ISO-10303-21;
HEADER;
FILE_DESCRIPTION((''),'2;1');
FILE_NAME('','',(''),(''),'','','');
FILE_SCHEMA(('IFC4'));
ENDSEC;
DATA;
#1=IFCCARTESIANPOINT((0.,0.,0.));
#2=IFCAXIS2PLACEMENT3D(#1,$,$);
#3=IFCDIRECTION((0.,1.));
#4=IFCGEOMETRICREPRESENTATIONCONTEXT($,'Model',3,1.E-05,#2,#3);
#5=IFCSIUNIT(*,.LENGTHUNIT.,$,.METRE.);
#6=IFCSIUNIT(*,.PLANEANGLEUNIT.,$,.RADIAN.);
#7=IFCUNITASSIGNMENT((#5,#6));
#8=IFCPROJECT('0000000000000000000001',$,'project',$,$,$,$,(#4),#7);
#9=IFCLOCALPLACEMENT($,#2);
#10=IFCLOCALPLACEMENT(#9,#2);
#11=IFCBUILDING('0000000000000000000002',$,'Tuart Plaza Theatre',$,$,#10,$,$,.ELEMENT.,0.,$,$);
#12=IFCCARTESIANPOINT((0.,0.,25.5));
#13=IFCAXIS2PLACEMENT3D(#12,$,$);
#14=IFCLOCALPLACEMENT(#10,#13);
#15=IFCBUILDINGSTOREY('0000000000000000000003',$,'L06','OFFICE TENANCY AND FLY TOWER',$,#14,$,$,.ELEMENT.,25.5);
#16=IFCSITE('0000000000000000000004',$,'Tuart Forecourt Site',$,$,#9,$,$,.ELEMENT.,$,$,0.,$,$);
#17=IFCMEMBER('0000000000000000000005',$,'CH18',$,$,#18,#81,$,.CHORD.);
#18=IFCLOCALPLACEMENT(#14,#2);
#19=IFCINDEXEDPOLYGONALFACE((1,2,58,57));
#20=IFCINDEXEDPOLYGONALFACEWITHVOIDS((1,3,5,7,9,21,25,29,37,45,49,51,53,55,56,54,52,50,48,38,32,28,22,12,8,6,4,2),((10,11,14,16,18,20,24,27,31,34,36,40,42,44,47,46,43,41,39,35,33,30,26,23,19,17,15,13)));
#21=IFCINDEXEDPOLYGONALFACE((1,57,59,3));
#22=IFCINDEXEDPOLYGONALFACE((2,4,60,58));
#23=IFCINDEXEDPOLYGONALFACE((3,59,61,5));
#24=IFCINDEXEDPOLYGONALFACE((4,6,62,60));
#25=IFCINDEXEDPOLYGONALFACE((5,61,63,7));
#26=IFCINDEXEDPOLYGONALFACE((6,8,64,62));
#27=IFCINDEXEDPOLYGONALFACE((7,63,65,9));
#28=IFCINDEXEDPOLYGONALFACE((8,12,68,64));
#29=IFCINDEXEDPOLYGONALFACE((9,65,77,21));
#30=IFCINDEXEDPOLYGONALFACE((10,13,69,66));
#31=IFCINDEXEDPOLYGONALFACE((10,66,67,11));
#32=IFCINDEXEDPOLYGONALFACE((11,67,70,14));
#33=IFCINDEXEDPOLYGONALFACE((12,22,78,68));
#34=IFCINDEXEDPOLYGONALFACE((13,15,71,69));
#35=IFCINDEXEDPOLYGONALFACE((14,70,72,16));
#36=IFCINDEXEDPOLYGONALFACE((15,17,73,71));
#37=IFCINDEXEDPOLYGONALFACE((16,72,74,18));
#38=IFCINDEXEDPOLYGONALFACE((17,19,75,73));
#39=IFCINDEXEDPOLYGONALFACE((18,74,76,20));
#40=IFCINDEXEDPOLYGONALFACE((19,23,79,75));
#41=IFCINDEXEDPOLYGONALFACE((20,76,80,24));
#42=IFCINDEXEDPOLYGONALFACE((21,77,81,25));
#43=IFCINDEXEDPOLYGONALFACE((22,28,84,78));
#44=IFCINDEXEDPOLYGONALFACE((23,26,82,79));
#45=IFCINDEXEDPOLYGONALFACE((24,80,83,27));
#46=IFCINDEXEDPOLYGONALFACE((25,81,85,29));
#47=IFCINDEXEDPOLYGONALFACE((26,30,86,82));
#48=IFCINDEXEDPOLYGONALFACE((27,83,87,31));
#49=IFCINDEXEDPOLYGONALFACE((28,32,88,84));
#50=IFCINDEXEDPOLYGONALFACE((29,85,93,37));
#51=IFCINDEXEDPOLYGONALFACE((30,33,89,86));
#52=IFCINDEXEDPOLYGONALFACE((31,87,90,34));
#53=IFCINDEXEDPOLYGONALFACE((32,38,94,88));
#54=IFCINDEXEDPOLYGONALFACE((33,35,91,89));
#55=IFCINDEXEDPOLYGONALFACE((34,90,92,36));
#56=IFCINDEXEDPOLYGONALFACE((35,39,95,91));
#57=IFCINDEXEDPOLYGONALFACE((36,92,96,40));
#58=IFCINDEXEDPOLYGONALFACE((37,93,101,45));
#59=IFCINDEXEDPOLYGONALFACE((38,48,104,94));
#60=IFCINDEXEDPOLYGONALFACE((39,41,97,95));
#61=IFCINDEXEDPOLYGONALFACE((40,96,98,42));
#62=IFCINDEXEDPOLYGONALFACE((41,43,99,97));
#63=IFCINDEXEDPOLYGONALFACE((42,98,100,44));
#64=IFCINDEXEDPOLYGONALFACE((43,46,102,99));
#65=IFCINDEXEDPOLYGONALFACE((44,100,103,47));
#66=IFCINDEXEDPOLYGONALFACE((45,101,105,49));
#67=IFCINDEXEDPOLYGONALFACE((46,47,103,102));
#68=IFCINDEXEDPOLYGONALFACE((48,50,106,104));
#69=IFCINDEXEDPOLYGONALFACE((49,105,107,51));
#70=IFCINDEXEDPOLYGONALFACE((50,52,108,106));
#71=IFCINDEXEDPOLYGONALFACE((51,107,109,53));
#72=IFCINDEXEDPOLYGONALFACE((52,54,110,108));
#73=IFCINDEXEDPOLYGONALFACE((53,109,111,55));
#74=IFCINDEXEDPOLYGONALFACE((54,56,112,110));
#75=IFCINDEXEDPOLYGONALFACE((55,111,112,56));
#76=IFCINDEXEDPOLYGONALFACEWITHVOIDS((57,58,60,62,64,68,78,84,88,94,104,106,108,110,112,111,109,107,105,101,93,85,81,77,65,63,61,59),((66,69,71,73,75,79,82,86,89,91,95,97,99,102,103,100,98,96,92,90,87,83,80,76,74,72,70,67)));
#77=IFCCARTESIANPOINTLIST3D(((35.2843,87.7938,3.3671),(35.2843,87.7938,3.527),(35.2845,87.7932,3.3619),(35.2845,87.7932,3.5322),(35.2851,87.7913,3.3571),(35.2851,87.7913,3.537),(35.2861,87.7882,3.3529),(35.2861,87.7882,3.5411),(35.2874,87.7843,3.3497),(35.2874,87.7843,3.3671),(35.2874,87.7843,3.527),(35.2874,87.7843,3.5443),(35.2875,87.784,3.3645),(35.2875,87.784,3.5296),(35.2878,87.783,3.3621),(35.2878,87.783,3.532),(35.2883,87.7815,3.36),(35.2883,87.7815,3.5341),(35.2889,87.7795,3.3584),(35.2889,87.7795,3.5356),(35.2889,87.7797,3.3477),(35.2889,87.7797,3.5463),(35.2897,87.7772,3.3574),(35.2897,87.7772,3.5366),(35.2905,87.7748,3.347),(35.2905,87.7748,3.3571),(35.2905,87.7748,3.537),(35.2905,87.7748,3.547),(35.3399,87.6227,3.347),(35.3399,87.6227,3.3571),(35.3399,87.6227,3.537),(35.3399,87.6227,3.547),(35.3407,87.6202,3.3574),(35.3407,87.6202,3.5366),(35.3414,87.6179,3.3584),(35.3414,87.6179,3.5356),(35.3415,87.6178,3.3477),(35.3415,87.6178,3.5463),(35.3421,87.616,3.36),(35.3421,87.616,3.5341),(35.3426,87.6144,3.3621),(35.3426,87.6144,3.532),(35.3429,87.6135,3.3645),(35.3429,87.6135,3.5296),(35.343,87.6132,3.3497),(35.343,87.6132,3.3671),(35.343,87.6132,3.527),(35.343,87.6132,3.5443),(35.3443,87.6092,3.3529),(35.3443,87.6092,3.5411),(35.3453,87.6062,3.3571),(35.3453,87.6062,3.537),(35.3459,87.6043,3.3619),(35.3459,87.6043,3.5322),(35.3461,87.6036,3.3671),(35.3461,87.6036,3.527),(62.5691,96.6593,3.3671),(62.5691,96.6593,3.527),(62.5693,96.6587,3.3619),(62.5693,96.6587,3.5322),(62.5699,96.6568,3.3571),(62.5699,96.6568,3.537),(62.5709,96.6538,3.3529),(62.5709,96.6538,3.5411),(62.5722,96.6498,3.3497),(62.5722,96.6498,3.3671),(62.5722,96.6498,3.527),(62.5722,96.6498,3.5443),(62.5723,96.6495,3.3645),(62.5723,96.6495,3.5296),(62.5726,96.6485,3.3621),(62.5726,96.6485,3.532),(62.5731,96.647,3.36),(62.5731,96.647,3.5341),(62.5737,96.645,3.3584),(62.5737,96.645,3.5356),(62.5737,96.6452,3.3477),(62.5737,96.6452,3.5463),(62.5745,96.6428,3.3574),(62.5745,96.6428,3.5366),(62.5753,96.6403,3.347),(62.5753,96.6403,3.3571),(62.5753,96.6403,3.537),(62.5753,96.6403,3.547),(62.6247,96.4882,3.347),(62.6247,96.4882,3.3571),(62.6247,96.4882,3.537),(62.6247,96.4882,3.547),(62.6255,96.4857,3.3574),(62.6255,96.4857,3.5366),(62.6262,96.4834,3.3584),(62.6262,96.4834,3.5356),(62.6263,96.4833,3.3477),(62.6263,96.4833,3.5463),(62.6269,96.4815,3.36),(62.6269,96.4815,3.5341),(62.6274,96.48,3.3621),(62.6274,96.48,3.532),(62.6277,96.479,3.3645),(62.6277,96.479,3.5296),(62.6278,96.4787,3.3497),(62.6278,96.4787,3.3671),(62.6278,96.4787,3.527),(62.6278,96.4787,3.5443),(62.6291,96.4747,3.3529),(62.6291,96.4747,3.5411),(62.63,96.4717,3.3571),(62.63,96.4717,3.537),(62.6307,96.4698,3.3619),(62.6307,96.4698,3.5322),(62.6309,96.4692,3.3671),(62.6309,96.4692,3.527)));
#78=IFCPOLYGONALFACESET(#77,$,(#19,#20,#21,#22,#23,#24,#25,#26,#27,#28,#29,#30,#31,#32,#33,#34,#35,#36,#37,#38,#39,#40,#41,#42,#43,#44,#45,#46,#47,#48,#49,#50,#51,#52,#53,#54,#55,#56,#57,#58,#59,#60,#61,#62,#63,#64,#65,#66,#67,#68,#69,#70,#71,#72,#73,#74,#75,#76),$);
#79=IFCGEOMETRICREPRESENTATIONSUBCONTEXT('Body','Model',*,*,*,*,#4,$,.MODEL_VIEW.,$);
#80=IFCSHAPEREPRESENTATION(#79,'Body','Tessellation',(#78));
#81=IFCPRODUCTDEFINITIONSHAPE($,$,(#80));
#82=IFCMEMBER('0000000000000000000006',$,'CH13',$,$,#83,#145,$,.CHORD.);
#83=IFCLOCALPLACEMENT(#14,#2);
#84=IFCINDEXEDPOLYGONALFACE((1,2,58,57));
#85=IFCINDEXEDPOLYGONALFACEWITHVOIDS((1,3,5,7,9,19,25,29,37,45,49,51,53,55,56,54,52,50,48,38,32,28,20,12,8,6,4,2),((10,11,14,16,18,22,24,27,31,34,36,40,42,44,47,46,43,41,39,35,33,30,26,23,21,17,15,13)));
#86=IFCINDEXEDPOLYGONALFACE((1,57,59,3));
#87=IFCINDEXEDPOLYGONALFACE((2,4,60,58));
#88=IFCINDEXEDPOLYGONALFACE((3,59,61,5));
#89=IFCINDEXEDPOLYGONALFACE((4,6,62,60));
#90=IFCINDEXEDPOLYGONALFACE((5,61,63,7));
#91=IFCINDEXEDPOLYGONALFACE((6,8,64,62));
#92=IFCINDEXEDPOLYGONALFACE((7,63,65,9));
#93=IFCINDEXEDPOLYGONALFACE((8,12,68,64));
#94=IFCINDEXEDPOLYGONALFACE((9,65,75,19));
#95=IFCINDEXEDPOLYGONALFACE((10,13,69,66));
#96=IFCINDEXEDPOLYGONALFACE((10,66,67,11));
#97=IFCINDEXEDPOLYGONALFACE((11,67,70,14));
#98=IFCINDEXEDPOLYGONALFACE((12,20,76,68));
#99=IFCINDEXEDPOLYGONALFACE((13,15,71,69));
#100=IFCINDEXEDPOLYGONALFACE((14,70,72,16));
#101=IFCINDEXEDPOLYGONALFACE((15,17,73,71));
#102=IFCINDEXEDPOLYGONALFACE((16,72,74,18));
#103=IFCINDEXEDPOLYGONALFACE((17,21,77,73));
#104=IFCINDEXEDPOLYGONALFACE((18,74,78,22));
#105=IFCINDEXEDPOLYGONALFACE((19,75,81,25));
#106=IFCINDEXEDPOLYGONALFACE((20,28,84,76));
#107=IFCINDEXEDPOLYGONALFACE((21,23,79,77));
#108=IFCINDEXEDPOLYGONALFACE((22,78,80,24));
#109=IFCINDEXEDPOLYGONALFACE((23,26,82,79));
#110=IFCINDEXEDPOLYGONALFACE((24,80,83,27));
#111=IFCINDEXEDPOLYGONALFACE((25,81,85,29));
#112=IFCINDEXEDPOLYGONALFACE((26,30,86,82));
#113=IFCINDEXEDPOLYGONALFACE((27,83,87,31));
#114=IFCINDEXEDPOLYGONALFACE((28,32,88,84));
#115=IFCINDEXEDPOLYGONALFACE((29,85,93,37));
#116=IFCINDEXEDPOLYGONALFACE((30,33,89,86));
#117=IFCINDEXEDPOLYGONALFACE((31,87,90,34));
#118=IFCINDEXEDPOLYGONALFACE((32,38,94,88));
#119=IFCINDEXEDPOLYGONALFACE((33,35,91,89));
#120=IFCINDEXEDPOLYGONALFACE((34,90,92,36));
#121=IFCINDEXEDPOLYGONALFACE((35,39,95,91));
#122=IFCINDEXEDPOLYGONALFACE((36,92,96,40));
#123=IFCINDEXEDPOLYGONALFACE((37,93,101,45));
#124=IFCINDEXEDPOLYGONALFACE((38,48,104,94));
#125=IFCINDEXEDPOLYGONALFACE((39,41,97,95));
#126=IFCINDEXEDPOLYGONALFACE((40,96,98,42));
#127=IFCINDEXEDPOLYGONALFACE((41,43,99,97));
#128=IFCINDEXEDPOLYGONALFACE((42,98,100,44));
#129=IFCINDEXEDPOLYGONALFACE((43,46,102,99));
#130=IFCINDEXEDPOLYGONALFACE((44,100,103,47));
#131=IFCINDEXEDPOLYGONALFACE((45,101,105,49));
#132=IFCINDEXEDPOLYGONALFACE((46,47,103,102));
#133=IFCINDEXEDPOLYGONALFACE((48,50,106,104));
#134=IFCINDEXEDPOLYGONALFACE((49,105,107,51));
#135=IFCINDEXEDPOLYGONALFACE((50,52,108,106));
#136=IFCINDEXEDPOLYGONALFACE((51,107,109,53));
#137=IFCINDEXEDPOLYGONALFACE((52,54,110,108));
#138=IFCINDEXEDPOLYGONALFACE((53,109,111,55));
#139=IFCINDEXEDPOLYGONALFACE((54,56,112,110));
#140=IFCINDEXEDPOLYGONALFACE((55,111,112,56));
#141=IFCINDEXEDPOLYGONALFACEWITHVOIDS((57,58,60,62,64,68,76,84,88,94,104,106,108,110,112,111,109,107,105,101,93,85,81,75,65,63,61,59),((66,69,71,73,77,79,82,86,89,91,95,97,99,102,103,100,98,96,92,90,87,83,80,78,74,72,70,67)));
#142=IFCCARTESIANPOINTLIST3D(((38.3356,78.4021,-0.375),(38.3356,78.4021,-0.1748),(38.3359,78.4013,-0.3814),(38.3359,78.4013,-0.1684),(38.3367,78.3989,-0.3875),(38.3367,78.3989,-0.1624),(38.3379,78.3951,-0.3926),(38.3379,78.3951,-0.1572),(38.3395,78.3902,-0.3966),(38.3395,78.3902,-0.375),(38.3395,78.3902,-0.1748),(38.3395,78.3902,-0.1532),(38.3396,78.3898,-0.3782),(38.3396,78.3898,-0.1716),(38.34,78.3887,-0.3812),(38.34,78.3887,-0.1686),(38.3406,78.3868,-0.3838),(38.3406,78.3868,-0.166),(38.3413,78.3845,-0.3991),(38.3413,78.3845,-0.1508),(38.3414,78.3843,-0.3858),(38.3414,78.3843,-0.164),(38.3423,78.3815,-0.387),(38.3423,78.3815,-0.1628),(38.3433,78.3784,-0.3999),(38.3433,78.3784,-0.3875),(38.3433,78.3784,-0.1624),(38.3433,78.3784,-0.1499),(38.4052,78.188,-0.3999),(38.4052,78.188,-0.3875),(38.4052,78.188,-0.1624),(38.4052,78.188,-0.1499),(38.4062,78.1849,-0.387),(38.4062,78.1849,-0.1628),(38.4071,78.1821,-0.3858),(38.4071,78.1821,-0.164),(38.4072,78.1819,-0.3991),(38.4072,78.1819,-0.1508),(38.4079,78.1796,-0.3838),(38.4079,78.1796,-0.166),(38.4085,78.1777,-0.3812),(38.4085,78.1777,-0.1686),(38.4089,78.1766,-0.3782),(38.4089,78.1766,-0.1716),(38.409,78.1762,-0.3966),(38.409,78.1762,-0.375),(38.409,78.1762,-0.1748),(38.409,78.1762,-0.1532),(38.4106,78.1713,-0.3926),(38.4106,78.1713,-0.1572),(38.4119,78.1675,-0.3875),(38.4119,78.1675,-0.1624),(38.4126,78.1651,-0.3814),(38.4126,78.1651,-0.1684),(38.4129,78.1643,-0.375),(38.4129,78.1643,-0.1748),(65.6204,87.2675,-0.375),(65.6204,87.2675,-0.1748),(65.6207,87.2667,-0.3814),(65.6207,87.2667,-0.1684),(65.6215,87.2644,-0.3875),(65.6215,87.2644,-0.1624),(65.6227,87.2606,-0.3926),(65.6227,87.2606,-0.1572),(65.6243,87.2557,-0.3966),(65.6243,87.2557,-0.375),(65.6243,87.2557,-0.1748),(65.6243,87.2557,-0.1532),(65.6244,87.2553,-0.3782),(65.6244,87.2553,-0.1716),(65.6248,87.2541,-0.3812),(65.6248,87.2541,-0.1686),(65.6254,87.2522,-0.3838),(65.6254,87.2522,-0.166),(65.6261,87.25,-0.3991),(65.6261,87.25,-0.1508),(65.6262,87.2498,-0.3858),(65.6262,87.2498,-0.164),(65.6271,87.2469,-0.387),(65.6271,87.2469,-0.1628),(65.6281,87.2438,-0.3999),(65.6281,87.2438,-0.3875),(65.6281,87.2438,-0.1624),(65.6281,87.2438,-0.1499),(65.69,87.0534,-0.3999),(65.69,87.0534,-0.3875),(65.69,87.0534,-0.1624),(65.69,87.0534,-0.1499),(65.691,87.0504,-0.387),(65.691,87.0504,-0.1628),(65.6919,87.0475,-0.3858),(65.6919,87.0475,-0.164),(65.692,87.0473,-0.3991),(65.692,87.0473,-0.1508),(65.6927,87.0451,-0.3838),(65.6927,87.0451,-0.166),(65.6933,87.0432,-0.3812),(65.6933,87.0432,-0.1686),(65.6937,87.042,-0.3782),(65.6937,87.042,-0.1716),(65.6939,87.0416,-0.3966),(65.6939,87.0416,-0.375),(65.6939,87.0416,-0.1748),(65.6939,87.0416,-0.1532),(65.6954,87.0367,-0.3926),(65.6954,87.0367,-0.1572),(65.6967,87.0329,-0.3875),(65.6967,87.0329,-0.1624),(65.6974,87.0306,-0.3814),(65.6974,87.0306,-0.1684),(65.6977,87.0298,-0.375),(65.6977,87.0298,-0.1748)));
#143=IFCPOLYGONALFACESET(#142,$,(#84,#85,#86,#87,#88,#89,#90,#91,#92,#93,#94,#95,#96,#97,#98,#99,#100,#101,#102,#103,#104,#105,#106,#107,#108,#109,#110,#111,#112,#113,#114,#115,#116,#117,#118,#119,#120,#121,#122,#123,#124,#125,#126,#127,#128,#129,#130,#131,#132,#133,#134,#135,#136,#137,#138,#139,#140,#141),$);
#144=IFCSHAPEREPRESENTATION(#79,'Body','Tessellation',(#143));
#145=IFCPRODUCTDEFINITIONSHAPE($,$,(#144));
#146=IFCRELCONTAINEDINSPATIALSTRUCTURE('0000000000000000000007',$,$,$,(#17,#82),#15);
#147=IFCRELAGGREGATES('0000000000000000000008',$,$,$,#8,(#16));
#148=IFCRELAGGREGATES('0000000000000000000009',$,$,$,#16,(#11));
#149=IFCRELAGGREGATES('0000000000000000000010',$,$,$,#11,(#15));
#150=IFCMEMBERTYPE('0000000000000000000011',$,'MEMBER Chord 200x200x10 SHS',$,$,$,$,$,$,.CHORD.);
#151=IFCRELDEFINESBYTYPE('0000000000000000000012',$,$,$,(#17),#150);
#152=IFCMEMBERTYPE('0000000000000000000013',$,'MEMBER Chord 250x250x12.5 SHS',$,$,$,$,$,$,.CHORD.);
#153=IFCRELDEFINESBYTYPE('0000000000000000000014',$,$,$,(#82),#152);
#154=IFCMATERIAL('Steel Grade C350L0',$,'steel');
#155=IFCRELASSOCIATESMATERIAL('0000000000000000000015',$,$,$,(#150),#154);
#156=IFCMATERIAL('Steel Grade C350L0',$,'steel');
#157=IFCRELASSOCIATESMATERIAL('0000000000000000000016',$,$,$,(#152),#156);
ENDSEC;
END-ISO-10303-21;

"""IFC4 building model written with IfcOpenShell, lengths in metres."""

from ifc_helpers import new_model, si_unit, direction, frame, origin, origin_2d, place, context, subcontext, project, spatial, hollow_rectangle, extrude, material, material_profile, profile_set, type_object, element, save


model = new_model("IFC4")

# Units and contexts
model_context = context("Model", 3, precision=1e-05, world=origin(), true_north=direction((0.0, 1.0)))
body_context = subcontext(model_context, "Body", "Model", "MODEL_VIEW")
ifc_project = project(units=[si_unit("LENGTHUNIT", "METRE"), si_unit("PLANEANGLEUNIT", "RADIAN")], contexts=[model_context])

# Site, building, storey
site_placement = place(None, origin())
site = spatial("IfcSite", under=ifc_project, at=site_placement, Name="Tuart Forecourt Site", CompositionType="ELEMENT", RefElevation=0.0)
building_placement = place(site_placement, origin())
building = spatial("IfcBuilding", under=site, at=building_placement, Name="Tuart Plaza Theatre", CompositionType="ELEMENT", ElevationOfRefHeight=0.0)
storey_placement = place(building_placement, frame((0.0, 0.0, 25.5)))
storey = spatial("IfcBuildingStorey", under=building, at=storey_placement, Name="L06", Description="OFFICE TENANCY AND FLY TOWER", CompositionType="ELEMENT", Elevation=25.5)

# Members
ifc_material_1 = material(Name="Steel Grade C350L0", Category="steel")
ifc_material_profile_1 = material_profile(ifc_material_1, hollow_rectangle(XDim=0.2, YDim=0.2, WallThickness=0.01, InnerFilletRadius=0.01, OuterFilletRadius=0.02, at=origin_2d()), Name="200x200x10 SHS")
ifc_profile_set_1 = profile_set([ifc_material_profile_1], Name="Steel Grade C350L0")
member_type_1 = type_object("IfcMemberType", Name="MEMBER Chord 200x200x10 SHS", PredefinedType="CHORD", material=ifc_profile_set_1)
for number, where, z_axis, x_axis, name in (
    (1, (35.3152, 87.6987, 3.447), (0.951055, 0.309022, 0.0), (-0.309022, 0.951055, 0.0), "CH18"),
):
    element("IfcMember", number, at=place(storey_placement, frame(where, z_axis=z_axis, x_axis=x_axis)), inside=storey, type_object=member_type_1, Name=name, PredefinedType="CHORD", context=body_context, shape_type="SweptSolid", body=[
        extrude(hollow_rectangle(XDim=0.2, YDim=0.2, WallThickness=0.01, InnerFilletRadius=0.01, OuterFilletRadius=0.02, at=origin_2d()), origin(), (0.0, 0.0, 1.0), 28.689),
    ])
ifc_material_2 = material(Name="Steel Grade C350L0", Category="steel")
ifc_material_profile_2 = material_profile(ifc_material_2, hollow_rectangle(XDim=0.25, YDim=0.25, WallThickness=0.0125, InnerFilletRadius=0.0125, OuterFilletRadius=0.0249, at=origin_2d()), Name="250x250x12.5 SHS")
ifc_profile_set_2 = profile_set([ifc_material_profile_2], Name="Steel Grade C350L0")
member_type_2 = type_object("IfcMemberType", Name="MEMBER Chord 250x250x12.5 SHS", PredefinedType="CHORD", material=ifc_profile_set_2)
for number, where, z_axis, x_axis, name in (
    (2, (38.3743, 78.2832, -0.2749), (0.951056, 0.309019, 0.0), (-0.309019, 0.951056, 0.0), "CH13"),
):
    element("IfcMember", number, at=place(storey_placement, frame(where, z_axis=z_axis, x_axis=x_axis)), inside=storey, type_object=member_type_2, Name=name, PredefinedType="CHORD", context=body_context, shape_type="SweptSolid", body=[
        extrude(hollow_rectangle(XDim=0.25, YDim=0.25, WallThickness=0.0125, InnerFilletRadius=0.0125, OuterFilletRadius=0.0249, at=origin_2d()), origin(), (0.0, 0.0, 1.0), 28.689),
    ])

save(model, "model.ifc")
